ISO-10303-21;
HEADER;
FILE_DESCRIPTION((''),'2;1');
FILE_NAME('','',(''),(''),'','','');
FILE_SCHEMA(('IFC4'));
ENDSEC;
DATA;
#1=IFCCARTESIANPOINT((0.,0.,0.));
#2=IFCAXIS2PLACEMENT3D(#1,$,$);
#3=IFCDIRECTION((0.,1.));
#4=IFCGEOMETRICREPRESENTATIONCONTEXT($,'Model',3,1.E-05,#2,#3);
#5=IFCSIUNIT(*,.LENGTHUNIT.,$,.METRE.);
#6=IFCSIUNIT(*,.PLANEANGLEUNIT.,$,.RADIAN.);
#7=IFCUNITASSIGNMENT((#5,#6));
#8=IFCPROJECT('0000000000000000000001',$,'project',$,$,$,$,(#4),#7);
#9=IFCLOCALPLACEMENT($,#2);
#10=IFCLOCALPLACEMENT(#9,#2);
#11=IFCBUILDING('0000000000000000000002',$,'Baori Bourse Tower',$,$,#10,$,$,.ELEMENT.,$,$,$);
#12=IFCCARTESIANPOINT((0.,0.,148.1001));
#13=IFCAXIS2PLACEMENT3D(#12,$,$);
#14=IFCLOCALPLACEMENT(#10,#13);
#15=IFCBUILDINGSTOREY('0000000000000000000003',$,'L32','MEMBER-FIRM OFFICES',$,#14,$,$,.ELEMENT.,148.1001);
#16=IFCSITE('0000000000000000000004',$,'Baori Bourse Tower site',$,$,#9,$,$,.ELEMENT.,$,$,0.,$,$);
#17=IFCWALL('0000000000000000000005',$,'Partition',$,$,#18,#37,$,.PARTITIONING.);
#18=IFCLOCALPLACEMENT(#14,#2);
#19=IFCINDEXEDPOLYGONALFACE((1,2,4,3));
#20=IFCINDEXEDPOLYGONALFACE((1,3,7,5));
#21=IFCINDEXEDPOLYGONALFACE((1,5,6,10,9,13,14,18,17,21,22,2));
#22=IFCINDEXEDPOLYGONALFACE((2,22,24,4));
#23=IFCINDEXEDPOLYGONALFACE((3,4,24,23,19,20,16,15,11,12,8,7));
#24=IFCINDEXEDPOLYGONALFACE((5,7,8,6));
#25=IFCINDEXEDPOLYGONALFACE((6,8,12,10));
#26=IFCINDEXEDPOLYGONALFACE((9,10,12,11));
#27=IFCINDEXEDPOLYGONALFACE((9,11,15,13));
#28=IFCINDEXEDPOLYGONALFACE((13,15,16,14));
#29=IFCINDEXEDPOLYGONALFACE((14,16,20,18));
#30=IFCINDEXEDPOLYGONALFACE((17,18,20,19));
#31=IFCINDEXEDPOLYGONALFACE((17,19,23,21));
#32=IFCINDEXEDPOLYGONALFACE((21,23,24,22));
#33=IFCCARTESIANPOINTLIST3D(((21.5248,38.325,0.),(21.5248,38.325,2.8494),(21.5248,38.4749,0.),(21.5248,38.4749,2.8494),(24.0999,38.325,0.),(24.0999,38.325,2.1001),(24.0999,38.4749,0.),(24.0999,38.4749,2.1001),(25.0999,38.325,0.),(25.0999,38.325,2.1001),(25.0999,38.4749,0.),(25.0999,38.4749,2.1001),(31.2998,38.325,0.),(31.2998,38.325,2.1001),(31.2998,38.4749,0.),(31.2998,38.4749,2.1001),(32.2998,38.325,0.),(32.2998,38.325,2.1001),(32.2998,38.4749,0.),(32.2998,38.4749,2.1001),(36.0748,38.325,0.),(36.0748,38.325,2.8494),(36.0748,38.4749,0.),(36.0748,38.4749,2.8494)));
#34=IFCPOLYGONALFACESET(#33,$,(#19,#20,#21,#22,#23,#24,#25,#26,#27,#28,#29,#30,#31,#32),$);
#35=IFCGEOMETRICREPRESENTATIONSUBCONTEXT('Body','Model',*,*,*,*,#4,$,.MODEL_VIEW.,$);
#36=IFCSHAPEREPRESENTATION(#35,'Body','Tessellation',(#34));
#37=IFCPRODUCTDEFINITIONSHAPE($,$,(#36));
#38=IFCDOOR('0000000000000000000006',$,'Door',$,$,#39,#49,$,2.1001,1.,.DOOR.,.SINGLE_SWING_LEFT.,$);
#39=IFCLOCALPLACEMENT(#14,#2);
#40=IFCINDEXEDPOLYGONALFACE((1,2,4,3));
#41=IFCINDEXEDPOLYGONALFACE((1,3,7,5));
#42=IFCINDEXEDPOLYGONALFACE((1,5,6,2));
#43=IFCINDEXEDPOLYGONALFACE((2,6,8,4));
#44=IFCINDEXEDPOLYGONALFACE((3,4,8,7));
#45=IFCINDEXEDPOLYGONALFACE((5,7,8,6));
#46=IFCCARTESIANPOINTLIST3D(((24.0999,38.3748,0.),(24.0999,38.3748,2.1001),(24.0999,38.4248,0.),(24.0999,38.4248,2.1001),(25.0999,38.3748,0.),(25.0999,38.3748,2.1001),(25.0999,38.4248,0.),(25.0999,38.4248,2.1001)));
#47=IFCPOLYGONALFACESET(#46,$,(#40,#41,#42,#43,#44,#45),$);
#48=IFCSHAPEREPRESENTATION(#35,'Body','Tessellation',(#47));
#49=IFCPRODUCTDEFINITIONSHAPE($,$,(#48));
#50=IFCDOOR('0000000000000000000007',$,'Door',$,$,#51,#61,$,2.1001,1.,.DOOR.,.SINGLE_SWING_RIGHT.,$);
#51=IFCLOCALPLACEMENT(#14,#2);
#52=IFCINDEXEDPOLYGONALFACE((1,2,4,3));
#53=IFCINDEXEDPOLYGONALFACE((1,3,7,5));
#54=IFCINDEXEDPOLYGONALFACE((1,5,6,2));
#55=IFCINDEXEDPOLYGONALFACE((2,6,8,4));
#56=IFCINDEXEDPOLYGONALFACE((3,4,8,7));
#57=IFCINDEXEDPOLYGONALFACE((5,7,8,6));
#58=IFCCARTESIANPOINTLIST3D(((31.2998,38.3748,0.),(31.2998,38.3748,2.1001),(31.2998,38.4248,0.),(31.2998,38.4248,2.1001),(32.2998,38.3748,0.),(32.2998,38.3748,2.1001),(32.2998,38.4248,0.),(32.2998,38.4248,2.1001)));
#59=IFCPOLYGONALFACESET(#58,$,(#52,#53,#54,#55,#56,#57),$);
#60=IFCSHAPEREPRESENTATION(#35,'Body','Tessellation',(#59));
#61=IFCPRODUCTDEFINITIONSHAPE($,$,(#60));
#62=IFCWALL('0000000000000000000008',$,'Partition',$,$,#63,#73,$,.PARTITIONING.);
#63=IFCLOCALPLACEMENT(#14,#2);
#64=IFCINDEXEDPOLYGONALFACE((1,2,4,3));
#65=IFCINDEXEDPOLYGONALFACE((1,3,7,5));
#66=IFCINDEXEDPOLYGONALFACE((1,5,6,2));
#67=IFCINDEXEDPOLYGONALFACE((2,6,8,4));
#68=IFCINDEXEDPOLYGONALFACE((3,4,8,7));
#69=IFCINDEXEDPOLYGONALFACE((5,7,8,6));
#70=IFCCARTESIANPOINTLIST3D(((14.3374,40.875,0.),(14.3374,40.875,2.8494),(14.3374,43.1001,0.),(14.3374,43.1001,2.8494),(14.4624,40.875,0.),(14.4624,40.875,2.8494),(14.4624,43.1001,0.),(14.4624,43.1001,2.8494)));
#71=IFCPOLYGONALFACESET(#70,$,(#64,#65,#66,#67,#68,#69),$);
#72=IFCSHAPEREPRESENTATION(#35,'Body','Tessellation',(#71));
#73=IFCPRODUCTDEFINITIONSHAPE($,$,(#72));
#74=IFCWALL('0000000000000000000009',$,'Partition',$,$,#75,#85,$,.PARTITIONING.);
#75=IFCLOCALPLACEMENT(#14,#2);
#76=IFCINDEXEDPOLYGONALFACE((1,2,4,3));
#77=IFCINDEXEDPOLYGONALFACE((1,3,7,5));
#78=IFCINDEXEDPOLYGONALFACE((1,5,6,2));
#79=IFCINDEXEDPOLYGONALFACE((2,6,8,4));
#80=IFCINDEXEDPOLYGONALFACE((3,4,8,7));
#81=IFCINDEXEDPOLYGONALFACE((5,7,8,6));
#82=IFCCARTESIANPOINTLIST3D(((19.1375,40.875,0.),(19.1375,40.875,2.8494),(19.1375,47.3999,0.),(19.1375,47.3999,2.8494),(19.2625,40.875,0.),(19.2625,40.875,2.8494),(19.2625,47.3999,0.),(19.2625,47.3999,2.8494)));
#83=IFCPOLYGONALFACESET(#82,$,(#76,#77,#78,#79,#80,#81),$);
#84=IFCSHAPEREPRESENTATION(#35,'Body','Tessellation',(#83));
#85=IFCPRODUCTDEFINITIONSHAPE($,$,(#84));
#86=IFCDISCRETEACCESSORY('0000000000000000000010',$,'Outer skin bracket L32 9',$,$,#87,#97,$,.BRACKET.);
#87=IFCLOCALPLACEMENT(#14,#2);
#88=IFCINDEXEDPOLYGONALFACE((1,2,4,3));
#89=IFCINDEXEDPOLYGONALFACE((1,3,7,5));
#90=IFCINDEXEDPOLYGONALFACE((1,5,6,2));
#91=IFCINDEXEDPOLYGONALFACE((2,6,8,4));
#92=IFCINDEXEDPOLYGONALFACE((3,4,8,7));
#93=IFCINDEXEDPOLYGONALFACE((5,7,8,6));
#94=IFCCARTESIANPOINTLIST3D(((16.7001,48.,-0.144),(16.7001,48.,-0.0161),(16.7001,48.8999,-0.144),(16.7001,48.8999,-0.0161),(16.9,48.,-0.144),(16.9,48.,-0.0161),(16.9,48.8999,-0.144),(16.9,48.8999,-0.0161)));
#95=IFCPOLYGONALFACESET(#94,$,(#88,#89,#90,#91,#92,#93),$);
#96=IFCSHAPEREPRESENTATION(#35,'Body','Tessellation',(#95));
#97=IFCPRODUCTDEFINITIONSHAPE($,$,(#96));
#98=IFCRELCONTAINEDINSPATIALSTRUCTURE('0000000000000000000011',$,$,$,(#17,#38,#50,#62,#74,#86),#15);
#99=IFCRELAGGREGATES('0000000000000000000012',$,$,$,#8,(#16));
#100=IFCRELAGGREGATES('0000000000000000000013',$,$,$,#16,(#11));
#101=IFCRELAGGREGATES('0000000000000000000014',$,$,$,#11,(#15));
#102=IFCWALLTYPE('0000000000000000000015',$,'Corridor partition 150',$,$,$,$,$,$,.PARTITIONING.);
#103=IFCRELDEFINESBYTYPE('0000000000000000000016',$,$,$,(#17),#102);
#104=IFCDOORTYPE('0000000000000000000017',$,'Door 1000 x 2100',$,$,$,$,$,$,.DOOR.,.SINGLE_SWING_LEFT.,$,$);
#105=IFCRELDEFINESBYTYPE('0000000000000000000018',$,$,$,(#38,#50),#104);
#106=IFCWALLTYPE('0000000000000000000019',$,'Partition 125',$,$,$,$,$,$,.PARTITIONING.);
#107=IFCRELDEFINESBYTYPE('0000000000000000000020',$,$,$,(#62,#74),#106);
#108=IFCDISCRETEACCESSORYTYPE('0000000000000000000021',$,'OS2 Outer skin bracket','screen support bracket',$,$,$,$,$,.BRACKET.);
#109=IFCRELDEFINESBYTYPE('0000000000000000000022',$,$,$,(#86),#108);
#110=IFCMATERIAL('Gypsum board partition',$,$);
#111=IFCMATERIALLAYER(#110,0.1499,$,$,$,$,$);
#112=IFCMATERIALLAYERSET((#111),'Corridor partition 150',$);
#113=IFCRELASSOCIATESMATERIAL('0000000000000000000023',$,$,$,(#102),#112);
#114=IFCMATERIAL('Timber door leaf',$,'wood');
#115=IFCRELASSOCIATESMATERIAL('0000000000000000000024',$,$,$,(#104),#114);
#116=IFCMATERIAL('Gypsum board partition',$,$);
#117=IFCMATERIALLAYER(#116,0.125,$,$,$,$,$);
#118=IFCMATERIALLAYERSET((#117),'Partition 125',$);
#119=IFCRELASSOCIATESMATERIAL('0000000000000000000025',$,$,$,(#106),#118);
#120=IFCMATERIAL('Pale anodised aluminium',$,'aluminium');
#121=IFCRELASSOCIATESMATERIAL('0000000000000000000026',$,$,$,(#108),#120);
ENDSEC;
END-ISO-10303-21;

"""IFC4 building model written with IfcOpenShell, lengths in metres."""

from ifc_helpers import new_model, si_unit, direction, frame, frame_2d, origin, origin_2d, place, context, subcontext, project, spatial, rectangle, extrude, material, layer, layer_set, type_object, element, fill, save


model = new_model("IFC4")

# Units and contexts
model_context = context("Model", 3, precision=1e-05, world=origin(), true_north=direction((0.0, 1.0)))
body_context = subcontext(model_context, "Body", "Model", "MODEL_VIEW")
ifc_project = project(units=[si_unit("LENGTHUNIT", "METRE"), si_unit("PLANEANGLEUNIT", "RADIAN")], contexts=[model_context])

# Site, building, storey
site_placement = place(None, origin())
site = spatial("IfcSite", under=ifc_project, at=site_placement, Name="Baori Bourse Tower site", CompositionType="ELEMENT", RefElevation=0.0)
building_placement = place(site_placement, origin())
building = spatial("IfcBuilding", under=site, at=building_placement, Name="Baori Bourse Tower", CompositionType="ELEMENT")
storey_placement = place(building_placement, frame((0.0, 0.0, 148.1001)))
storey = spatial("IfcBuildingStorey", under=building, at=storey_placement, Name="L32", Description="MEMBER-FIRM OFFICES", CompositionType="ELEMENT", Elevation=148.1001)

# Wall, openings, doors
ifc_material_1 = material(Name="Gypsum board partition")
ifc_layer_1 = layer(ifc_material_1, 0.1499)
ifc_layer_set_1 = layer_set([ifc_layer_1], Name="Corridor partition 150")
wall_type_1 = type_object("IfcWallType", Name="Corridor partition 150", PredefinedType="PARTITIONING", material=ifc_layer_set_1)
wall_1_placement = place(storey_placement, frame((21.5249, 38.3999, 0.0), z_axis=(0.0, 0.0, 1.0), x_axis=(1.0, 0.0, 0.0)))
wall_1 = element("IfcWall", 1, at=wall_1_placement, inside=storey, type_object=wall_type_1, Name="Partition", PredefinedType="PARTITIONING", context=body_context, shape_type="SweptSolid", body=[
    extrude(rectangle(XDim=14.55, YDim=0.1499, at=frame_2d((7.2749, 0.0))), origin(), (0.0, 0.0, 1.0), 2.8494),
])
opening_1_placement = place(wall_1_placement, frame((2.575, 0.0, 0.0)))
opening_1 = element("IfcOpeningElement", 2, at=opening_1_placement, cuts=wall_1, PredefinedType="OPENING", context=body_context, shape_type="SweptSolid", body=[
    extrude(rectangle(XDim=1.0, YDim=2.1001, at=frame_2d((0.5, 1.05))), frame((0.0, 0.085, 0.0), z_axis=(0.0, -1.0, 0.0), x_axis=(1.0, 0.0, 0.0)), (0.0, 0.0, 1.0), 0.1699),
])
opening_2_placement = place(wall_1_placement, frame((9.7749, 0.0, 0.0)))
opening_2 = element("IfcOpeningElement", 3, at=opening_2_placement, cuts=wall_1, PredefinedType="OPENING", context=body_context, shape_type="SweptSolid", body=[
    extrude(rectangle(XDim=1.0, YDim=2.1001, at=frame_2d((0.5, 1.05))), frame((0.0, 0.085, 0.0), z_axis=(0.0, -1.0, 0.0), x_axis=(1.0, 0.0, 0.0)), (0.0, 0.0, 1.0), 0.1699),
])
ifc_material_2 = material(Name="Timber door leaf", Category="wood")
door_type_1 = type_object("IfcDoorType", Name="Door 1000 x 2100", OperationType="SINGLE_SWING_LEFT", PredefinedType="DOOR", material=ifc_material_2)
door_1_placement = place(opening_1_placement, origin())
door_1 = element("IfcDoor", 4, at=door_1_placement, inside=storey, type_object=door_type_1, Name="Door", OperationType="SINGLE_SWING_LEFT", OverallHeight=2.1001, OverallWidth=1.0, PredefinedType="DOOR", context=body_context, shape_type="SweptSolid", body=[
    extrude(rectangle(XDim=1.0, YDim=2.1001, at=frame_2d((0.5, 1.05))), frame((0.0, 0.0249, 0.0), z_axis=(0.0, -1.0, 0.0), x_axis=(1.0, 0.0, 0.0)), (0.0, 0.0, 1.0), 0.05),
])
fill(opening_1, door_1)
door_2_placement = place(opening_2_placement, origin())
door_2 = element("IfcDoor", 5, at=door_2_placement, inside=storey, type_object=door_type_1, Name="Door", OperationType="SINGLE_SWING_RIGHT", OverallHeight=2.1001, OverallWidth=1.0, PredefinedType="DOOR", context=body_context, shape_type="SweptSolid", body=[
    extrude(rectangle(XDim=1.0, YDim=2.1001, at=frame_2d((0.5, 1.05))), frame((0.0, 0.0249, 0.0), z_axis=(0.0, -1.0, 0.0), x_axis=(1.0, 0.0, 0.0)), (0.0, 0.0, 1.0), 0.05),
])
fill(opening_2, door_2)

# Walls
ifc_material_3 = material(Name="Gypsum board partition")
ifc_layer_2 = layer(ifc_material_3, 0.125)
ifc_layer_set_2 = layer_set([ifc_layer_2], Name="Partition 125")
wall_type_2 = type_object("IfcWallType", Name="Partition 125", PredefinedType="PARTITIONING", material=ifc_layer_set_2)
wall_2_placement = place(storey_placement, frame((14.3999, 40.875, 0.0), z_axis=(0.0, 0.0, 1.0), x_axis=(0.0, 1.0, 0.0)))
element("IfcWall", 6, at=wall_2_placement, inside=storey, type_object=wall_type_2, Name="Partition", PredefinedType="PARTITIONING", context=body_context, shape_type="SweptSolid", body=[
    extrude(rectangle(XDim=2.2251, YDim=0.125, at=frame_2d((1.1125, 0.0))), origin(), (0.0, 0.0, 1.0), 2.8494),
])
wall_3_placement = place(storey_placement, frame((19.2, 40.875, 0.0), z_axis=(0.0, 0.0, 1.0), x_axis=(0.0, 1.0, 0.0)))
element("IfcWall", 7, at=wall_3_placement, inside=storey, type_object=wall_type_2, Name="Partition", PredefinedType="PARTITIONING", context=body_context, shape_type="SweptSolid", body=[
    extrude(rectangle(XDim=6.5249, YDim=0.125, at=frame_2d((3.2625, 0.0))), origin(), (0.0, 0.0, 1.0), 2.8494),
])

# Discrete accessory
ifc_material_4 = material(Name="Pale anodised aluminium", Category="aluminium")
discrete_accessory_type = type_object("IfcDiscreteAccessoryType", Name="OS2 Outer skin bracket", Description="screen support bracket", PredefinedType="BRACKET", material=ifc_material_4)
discrete_accessory_placement = place(storey_placement, frame((16.8, 48.45, -0.144), z_axis=(0.0, 0.0, 1.0), x_axis=(-1.0, 0.0, 0.0)))
element("IfcDiscreteAccessory", 8, at=discrete_accessory_placement, inside=storey, type_object=discrete_accessory_type, Name="Outer skin bracket L32 9", PredefinedType="BRACKET", context=body_context, shape_type="SweptSolid", body=[
    extrude(rectangle(XDim=0.2, YDim=0.8999, at=origin_2d()), origin(), (0.0, 0.0, 1.0), 0.1279),
])

save(model, "model.ifc")
